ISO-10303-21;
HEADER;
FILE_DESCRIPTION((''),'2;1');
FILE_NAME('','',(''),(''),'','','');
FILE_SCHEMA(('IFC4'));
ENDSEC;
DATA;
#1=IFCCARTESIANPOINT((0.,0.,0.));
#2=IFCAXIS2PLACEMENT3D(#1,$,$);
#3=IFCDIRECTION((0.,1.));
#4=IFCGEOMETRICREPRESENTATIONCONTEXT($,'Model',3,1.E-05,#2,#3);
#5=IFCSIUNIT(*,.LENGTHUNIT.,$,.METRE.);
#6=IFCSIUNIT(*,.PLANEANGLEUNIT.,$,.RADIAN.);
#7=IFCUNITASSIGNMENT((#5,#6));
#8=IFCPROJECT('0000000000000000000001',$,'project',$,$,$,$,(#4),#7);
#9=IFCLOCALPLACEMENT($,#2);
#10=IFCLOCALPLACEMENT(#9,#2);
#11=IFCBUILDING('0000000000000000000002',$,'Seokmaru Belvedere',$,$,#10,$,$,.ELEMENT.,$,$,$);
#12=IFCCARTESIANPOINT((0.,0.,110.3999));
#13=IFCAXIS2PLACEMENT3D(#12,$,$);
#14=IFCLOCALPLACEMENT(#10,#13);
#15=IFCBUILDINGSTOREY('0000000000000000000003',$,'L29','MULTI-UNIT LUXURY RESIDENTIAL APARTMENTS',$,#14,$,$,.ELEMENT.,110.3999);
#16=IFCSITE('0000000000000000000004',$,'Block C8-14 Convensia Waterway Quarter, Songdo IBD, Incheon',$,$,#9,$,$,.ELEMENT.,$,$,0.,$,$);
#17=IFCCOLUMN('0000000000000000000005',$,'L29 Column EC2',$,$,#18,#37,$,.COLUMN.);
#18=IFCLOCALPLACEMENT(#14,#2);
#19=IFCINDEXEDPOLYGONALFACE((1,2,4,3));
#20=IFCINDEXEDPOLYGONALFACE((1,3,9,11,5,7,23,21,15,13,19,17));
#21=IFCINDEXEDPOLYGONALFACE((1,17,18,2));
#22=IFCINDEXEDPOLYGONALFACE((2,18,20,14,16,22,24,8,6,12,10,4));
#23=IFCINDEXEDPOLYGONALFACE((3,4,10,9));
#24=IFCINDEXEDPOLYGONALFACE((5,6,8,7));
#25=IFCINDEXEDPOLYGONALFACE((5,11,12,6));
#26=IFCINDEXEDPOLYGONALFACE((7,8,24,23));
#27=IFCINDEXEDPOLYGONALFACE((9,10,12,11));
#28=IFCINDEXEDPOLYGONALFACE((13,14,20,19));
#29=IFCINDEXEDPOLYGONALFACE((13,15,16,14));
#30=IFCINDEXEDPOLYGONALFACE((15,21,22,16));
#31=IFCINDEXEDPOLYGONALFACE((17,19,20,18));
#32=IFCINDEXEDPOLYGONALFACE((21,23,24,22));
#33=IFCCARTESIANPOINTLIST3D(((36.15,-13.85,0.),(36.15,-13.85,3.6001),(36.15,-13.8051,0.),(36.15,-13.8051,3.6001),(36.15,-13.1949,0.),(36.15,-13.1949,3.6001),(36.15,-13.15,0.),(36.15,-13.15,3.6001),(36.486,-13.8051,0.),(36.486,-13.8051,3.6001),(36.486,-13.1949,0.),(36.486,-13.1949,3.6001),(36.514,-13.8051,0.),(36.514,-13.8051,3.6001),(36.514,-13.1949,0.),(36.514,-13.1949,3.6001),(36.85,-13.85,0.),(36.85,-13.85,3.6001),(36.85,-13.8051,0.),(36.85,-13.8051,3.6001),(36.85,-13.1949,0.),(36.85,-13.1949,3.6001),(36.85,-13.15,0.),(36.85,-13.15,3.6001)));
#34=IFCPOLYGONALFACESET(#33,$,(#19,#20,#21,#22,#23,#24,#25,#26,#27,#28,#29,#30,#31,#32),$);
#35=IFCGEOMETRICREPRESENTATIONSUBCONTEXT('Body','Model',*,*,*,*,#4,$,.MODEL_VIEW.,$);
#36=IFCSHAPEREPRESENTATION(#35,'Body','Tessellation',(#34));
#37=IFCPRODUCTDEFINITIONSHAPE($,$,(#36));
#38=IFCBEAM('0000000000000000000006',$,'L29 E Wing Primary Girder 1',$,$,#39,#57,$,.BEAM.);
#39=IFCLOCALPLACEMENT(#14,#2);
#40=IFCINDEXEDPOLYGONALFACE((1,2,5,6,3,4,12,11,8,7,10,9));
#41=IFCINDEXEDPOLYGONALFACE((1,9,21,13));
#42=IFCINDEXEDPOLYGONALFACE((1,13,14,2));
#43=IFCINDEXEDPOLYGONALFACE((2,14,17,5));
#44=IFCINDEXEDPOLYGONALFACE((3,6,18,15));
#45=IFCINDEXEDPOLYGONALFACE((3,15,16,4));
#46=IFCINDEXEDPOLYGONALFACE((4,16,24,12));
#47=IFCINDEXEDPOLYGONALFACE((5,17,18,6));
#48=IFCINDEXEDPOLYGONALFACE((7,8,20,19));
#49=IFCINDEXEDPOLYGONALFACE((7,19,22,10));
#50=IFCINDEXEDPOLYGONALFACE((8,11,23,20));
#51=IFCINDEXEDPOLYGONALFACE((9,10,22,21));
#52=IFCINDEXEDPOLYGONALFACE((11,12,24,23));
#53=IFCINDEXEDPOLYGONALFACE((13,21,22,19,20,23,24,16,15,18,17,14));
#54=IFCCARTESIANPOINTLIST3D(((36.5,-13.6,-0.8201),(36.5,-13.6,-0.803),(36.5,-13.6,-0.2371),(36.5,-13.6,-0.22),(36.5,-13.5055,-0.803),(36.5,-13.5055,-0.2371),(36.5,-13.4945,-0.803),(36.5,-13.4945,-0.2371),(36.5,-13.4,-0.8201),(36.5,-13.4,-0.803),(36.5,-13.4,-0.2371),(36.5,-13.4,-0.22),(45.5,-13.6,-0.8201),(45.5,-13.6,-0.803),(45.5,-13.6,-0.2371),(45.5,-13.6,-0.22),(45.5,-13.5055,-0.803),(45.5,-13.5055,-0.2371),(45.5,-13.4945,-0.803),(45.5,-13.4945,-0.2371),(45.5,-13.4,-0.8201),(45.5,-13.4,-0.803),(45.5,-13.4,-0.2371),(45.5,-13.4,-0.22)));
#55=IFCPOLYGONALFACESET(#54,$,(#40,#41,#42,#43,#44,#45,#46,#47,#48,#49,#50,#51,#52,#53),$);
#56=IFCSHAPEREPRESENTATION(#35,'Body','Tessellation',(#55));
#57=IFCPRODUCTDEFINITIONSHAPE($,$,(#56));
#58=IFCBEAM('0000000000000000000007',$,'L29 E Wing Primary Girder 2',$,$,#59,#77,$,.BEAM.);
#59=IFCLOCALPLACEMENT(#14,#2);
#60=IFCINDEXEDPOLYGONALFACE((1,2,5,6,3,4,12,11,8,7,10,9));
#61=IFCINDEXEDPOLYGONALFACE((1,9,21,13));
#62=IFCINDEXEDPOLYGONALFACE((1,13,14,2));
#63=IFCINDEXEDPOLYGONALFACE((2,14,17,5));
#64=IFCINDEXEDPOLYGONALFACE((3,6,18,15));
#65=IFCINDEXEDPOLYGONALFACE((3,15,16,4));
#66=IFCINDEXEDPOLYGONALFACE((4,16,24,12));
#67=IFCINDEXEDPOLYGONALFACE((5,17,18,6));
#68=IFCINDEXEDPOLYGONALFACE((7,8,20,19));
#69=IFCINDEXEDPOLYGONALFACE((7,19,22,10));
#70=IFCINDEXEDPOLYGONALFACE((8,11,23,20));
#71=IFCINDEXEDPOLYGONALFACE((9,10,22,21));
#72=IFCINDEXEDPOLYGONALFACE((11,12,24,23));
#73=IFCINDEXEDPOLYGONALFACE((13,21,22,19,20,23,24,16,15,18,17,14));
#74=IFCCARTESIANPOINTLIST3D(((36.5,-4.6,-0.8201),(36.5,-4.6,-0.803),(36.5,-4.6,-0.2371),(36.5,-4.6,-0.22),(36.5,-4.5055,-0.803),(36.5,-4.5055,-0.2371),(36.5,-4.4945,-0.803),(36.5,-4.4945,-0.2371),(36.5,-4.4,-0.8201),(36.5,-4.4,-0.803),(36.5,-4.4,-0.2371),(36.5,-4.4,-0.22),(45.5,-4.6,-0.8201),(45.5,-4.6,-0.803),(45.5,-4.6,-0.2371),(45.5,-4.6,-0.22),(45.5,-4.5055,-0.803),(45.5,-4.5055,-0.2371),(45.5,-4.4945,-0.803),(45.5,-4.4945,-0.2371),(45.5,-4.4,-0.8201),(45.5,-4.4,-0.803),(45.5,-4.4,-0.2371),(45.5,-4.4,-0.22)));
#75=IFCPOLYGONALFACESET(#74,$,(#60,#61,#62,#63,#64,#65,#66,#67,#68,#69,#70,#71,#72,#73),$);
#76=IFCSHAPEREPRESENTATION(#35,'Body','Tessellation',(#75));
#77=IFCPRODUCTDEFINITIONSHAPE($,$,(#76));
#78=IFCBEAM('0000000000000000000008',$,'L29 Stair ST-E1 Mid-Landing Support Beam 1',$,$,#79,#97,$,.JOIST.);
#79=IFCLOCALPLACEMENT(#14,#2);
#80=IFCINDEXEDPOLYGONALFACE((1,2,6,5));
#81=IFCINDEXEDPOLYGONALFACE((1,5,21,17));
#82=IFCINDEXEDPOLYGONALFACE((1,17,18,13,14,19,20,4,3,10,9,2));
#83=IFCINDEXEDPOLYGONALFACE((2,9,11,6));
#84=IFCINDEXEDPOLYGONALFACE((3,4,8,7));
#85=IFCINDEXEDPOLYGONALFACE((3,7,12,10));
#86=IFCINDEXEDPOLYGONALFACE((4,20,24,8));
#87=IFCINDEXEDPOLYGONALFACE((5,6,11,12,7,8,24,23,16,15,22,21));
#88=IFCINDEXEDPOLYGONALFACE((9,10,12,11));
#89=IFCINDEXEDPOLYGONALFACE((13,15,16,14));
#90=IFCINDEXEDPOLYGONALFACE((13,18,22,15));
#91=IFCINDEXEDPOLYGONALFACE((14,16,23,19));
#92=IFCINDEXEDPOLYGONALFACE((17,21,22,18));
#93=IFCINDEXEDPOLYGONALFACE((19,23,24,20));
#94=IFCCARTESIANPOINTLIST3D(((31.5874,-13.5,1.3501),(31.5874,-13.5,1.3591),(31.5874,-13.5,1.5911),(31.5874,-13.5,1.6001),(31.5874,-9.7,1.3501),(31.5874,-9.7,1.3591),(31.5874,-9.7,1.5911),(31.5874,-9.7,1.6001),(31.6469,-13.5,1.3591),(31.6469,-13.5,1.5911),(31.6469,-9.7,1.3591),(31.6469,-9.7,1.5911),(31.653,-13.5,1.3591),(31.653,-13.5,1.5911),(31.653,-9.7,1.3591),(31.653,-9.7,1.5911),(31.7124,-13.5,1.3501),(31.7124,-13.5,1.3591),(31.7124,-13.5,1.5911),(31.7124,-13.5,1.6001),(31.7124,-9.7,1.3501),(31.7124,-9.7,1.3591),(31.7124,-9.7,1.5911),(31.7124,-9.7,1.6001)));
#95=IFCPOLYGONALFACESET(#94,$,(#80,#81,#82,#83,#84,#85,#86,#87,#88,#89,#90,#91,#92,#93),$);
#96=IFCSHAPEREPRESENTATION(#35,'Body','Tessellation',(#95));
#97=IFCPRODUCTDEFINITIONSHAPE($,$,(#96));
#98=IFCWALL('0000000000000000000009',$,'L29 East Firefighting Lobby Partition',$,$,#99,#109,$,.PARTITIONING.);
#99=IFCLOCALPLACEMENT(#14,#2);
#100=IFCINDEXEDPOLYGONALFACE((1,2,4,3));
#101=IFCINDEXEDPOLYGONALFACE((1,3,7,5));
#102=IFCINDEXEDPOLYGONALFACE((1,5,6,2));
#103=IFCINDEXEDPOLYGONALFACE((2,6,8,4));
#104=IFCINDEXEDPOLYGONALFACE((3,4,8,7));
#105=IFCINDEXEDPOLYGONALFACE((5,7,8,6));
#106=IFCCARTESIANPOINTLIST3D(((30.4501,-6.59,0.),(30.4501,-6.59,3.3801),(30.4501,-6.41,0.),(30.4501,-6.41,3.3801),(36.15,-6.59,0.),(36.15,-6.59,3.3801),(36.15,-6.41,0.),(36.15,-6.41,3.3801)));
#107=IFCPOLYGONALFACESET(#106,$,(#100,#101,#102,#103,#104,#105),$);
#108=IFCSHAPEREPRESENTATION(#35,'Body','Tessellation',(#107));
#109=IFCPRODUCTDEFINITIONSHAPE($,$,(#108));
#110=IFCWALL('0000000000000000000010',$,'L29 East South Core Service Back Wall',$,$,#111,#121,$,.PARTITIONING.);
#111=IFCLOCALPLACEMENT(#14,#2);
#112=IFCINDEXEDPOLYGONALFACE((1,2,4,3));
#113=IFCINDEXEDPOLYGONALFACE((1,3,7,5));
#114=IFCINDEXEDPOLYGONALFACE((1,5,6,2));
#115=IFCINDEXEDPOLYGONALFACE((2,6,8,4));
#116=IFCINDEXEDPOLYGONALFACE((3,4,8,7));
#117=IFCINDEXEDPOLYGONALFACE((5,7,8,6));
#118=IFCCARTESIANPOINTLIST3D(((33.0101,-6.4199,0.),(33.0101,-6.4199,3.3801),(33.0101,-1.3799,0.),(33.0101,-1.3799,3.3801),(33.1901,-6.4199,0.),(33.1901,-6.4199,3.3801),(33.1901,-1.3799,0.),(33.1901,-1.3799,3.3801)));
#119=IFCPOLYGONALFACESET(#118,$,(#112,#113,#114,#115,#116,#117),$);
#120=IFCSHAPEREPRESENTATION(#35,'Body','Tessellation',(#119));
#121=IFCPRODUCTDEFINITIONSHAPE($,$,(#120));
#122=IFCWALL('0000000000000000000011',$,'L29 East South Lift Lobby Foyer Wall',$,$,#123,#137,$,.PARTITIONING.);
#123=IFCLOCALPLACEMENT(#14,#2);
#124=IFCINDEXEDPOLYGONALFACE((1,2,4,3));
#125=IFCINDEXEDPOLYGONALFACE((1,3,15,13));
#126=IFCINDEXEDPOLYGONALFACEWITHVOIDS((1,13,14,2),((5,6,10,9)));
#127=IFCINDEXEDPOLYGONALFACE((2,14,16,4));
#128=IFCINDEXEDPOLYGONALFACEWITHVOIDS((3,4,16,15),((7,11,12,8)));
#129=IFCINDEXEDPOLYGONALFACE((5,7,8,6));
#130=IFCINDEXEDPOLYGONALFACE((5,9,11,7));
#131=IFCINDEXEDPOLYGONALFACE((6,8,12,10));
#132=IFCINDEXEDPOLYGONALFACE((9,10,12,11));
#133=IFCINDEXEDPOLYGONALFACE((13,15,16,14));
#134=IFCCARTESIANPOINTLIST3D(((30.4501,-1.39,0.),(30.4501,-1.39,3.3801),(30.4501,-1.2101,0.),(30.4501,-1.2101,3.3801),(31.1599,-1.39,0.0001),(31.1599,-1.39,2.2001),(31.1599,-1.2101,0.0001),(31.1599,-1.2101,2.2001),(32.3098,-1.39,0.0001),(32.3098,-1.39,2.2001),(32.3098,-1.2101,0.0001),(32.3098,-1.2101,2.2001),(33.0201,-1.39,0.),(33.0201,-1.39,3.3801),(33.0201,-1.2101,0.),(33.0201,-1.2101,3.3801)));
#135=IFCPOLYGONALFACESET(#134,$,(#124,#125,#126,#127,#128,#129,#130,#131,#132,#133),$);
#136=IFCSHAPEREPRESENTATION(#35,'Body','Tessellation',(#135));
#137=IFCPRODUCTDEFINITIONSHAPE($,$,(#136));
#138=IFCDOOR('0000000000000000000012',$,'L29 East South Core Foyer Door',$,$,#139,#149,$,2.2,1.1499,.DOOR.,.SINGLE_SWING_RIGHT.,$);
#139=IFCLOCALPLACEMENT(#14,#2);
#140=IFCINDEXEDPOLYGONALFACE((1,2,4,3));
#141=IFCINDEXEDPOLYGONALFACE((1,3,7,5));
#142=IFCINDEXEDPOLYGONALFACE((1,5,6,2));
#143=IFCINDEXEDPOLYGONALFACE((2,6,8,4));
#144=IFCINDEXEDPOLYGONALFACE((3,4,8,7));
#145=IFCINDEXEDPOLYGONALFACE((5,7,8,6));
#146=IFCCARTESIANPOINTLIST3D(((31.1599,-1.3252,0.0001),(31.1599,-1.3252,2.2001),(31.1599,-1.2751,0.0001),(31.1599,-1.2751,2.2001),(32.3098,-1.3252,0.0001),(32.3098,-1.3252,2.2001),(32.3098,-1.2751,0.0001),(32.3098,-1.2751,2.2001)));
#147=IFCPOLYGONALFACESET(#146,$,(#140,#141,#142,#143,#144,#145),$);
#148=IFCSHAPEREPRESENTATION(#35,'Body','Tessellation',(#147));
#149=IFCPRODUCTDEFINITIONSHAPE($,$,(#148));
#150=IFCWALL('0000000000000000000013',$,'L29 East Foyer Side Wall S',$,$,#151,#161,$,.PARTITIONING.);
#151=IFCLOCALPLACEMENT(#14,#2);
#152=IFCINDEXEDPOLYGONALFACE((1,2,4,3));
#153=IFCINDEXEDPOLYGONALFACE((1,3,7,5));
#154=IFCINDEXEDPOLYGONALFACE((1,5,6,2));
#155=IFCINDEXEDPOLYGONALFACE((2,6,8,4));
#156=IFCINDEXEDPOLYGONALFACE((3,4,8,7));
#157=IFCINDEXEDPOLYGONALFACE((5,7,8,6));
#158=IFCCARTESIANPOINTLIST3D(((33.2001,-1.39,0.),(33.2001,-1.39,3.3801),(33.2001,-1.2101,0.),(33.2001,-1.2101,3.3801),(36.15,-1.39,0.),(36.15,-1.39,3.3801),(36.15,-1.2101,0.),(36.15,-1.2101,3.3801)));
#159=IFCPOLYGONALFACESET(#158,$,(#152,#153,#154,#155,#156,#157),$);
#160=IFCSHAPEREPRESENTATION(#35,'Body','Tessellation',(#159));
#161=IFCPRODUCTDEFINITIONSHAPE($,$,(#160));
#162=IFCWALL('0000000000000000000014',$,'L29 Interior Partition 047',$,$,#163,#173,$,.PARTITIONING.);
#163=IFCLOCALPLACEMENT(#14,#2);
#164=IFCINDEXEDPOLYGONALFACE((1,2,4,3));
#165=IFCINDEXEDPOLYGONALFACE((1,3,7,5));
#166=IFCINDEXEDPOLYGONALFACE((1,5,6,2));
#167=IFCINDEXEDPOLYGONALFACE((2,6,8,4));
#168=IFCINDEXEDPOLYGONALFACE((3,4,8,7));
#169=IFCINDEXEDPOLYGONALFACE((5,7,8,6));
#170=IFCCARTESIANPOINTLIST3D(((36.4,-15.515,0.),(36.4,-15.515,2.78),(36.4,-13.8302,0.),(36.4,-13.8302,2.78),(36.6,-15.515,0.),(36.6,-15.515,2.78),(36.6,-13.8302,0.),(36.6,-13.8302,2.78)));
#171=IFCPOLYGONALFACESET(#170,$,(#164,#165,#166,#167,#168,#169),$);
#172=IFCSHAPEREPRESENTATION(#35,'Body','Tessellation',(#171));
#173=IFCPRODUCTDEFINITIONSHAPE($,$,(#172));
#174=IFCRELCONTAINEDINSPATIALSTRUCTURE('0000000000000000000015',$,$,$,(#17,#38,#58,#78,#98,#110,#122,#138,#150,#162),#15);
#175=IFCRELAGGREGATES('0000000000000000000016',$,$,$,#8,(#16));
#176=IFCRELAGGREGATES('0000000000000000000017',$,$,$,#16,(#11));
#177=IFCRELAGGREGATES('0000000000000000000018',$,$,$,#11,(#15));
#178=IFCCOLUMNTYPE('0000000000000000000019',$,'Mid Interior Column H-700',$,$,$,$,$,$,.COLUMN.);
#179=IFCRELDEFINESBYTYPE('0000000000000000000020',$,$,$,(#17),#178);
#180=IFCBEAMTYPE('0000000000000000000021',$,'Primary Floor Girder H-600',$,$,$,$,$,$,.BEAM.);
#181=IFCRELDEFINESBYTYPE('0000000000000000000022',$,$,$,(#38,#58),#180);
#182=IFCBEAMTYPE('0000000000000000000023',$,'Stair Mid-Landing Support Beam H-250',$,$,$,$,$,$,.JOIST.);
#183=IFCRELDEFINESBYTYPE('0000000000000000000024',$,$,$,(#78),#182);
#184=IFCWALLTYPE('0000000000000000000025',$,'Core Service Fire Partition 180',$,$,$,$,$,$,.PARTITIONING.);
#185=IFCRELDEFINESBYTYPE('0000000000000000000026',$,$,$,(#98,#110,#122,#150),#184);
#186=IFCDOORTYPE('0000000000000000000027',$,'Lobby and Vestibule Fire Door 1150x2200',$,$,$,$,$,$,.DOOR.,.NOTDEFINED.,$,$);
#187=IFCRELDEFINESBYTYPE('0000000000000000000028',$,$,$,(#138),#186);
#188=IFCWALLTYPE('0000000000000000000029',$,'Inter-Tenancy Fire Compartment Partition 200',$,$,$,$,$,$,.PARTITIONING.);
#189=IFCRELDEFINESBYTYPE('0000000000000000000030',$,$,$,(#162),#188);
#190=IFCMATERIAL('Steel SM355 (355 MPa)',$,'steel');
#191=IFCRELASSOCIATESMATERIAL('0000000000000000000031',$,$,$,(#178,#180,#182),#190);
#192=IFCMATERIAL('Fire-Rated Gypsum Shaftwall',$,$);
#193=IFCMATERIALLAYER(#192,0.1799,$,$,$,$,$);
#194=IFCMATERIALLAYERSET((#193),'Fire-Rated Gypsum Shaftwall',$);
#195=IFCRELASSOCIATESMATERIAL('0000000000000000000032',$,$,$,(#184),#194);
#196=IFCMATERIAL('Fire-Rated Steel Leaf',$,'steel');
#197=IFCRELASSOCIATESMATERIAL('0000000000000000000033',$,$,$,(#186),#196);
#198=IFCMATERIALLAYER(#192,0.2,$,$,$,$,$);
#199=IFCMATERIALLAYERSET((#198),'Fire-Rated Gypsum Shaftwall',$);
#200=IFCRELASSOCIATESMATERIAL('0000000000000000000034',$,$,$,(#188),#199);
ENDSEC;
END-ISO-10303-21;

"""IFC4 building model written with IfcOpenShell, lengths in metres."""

from ifc_helpers import new_model, si_unit, direction, frame, frame_2d, origin, origin_2d, place, context, subcontext, project, spatial, rectangle, i_section, extrude, source, transform, mapped, material, layer, layer_set, material_profile, profile_set, type_object, type_shapes, element, fill, save


model = new_model("IFC4")

# Units and contexts
model_context = context("Model", 3, precision=1e-05, world=origin(), true_north=direction((0.0, 1.0)))
body_context = subcontext(model_context, "Body", "Model", "MODEL_VIEW")
ifc_project = project(units=[si_unit("LENGTHUNIT", "METRE"), si_unit("PLANEANGLEUNIT", "RADIAN")], contexts=[model_context])

# Site, building, storey
site_placement = place(None, origin())
site = spatial("IfcSite", under=ifc_project, at=site_placement, Name="Block C8-14 Convensia Waterway Quarter, Songdo IBD, Incheon", CompositionType="ELEMENT", RefElevation=0.0)
building_placement = place(site_placement, origin())
building = spatial("IfcBuilding", under=site, at=building_placement, Name="Seokmaru Belvedere", CompositionType="ELEMENT")
storey_placement = place(building_placement, frame((0.0, 0.0, 110.3999)))
storey = spatial("IfcBuildingStorey", under=building, at=storey_placement, Name="L29", Description="MULTI-UNIT LUXURY RESIDENTIAL APARTMENTS", CompositionType="ELEMENT", Elevation=110.3999)

# Column
ifc_material_1 = material(Name="Steel SM355 (355 MPa)", Category="steel")
ifc_material_profile_1 = material_profile(ifc_material_1, i_section(OverallWidth=0.7, OverallDepth=0.7, WebThickness=0.0281, FlangeThickness=0.0449, at=origin_2d()), Name="H-700x700x28x45")
ifc_profile_set_1 = profile_set([ifc_material_profile_1], Name="Steel SM355 (355 MPa)")
column_type = type_object("IfcColumnType", Name="Mid Interior Column H-700", PredefinedType="COLUMN", material=ifc_profile_set_1)
shared_shape_1 = source(origin(), body_context, "Body", "SweptSolid", [
    extrude(i_section(OverallWidth=0.7, OverallDepth=0.7, WebThickness=0.0281, FlangeThickness=0.0449, at=origin_2d()), origin(), (0.0, 0.0, 1.0), 3.6001),
])
type_shapes(column_type, [shared_shape_1])
column_placement = place(storey_placement, frame((36.5, -13.5, 0.0), z_axis=(0.0, 0.0, 1.0), x_axis=(1.0, 0.0, 0.0)))
element("IfcColumn", 1, at=column_placement, inside=storey, type_object=column_type, Name="L29 Column EC2", PredefinedType="COLUMN", context=body_context, shape_type="MappedRepresentation", body=[
    mapped(shared_shape_1, transform((0.0, 0.0, 0.0), scale=1.0)),
])

# Beams
ifc_material_profile_2 = material_profile(ifc_material_1, i_section(OverallWidth=0.2, OverallDepth=0.6001, WebThickness=0.011, FlangeThickness=0.0171, at=origin_2d()), Name="H-600x200x11x17")
ifc_profile_set_2 = profile_set([ifc_material_profile_2], Name="Steel SM355 (355 MPa)")
beam_type_1 = type_object("IfcBeamType", Name="Primary Floor Girder H-600", PredefinedType="BEAM", material=ifc_profile_set_2)
shared_shape_2 = source(origin(), body_context, "Body", "SweptSolid", [
    extrude(i_section(OverallWidth=0.2, OverallDepth=0.6001, WebThickness=0.011, FlangeThickness=0.0171, at=origin_2d()), origin(), (0.0, 0.0, 1.0), 9.0),
])
type_shapes(beam_type_1, [shared_shape_2])
for number, where, z_axis, x_axis, name in (
    (2, (36.5, -13.5, -0.52), (1.0, 0.0, 0.0), (0.0, 1.0, 0.0), "L29 E Wing Primary Girder 1"),
    (3, (36.5, -4.5, -0.52), (1.0, 0.0, 0.0), (0.0, 1.0, 0.0), "L29 E Wing Primary Girder 2"),
):
    element("IfcBeam", number, at=place(storey_placement, frame(where, z_axis=z_axis, x_axis=x_axis)), inside=storey, type_object=beam_type_1, Name=name, PredefinedType="BEAM", context=body_context, shape_type="MappedRepresentation", body=[
        mapped(shared_shape_2, transform((0.0, 0.0, 0.0), scale=1.0)),
    ])
ifc_material_profile_3 = material_profile(ifc_material_1, i_section(OverallWidth=0.125, OverallDepth=0.25, WebThickness=0.0061, FlangeThickness=0.009, at=origin_2d()), Name="H-250x125x6x9")
ifc_profile_set_3 = profile_set([ifc_material_profile_3], Name="Steel SM355 (355 MPa)")
beam_type_2 = type_object("IfcBeamType", Name="Stair Mid-Landing Support Beam H-250", PredefinedType="JOIST", material=ifc_profile_set_3)
shared_shape_3 = source(origin(), body_context, "Body", "SweptSolid", [
    extrude(i_section(OverallWidth=0.125, OverallDepth=0.25, WebThickness=0.0061, FlangeThickness=0.009, at=origin_2d()), origin(), (0.0, 0.0, 1.0), 3.8),
])
type_shapes(beam_type_2, [shared_shape_3])
beam_placement = place(storey_placement, frame((31.6499, -13.5, 1.4751), z_axis=(0.0, 1.0, 0.0), x_axis=(-1.0, 0.0, 0.0)))
element("IfcBeam", 4, at=beam_placement, inside=storey, type_object=beam_type_2, Name="L29 Stair ST-E1 Mid-Landing Support Beam 1", PredefinedType="JOIST", context=body_context, shape_type="MappedRepresentation", body=[
    mapped(shared_shape_3, transform((0.0, 0.0, 0.0), scale=1.0)),
])

# Walls
ifc_material_2 = material(Name="Fire-Rated Gypsum Shaftwall")
ifc_layer_1 = layer(ifc_material_2, 0.1799)
ifc_layer_set_1 = layer_set([ifc_layer_1], Name="Fire-Rated Gypsum Shaftwall")
wall_type_1 = type_object("IfcWallType", Name="Core Service Fire Partition 180", PredefinedType="PARTITIONING", material=ifc_layer_set_1)
wall_1_placement = place(storey_placement, frame((30.45, -6.5, 0.0), z_axis=(0.0, 0.0, 1.0), x_axis=(1.0, 0.0, 0.0)))
element("IfcWall", 5, at=wall_1_placement, inside=storey, type_object=wall_type_1, Name="L29 East Firefighting Lobby Partition", PredefinedType="PARTITIONING", context=body_context, shape_type="SweptSolid", body=[
    extrude(rectangle(XDim=5.7, YDim=0.1799, at=frame_2d((2.8501, 0.0))), origin(), (0.0, 0.0, 1.0), 3.3801),
])
wall_2_placement = place(storey_placement, frame((33.1001, -6.4199, 0.0), z_axis=(0.0, 0.0, 1.0), x_axis=(0.0, 1.0, 0.0)))
element("IfcWall", 6, at=wall_2_placement, inside=storey, type_object=wall_type_1, Name="L29 East South Core Service Back Wall", PredefinedType="PARTITIONING", context=body_context, shape_type="SweptSolid", body=[
    extrude(rectangle(XDim=5.04, YDim=0.1799, at=frame_2d((2.52, 0.0))), origin(), (0.0, 0.0, 1.0), 3.3801),
])

# Wall, opening, door
wall_3_placement = place(storey_placement, frame((30.45, -1.3, 0.0), z_axis=(0.0, 0.0, 1.0), x_axis=(1.0, 0.0, 0.0)))
wall_3 = element("IfcWall", 7, at=wall_3_placement, inside=storey, type_object=wall_type_1, Name="L29 East South Lift Lobby Foyer Wall", PredefinedType="PARTITIONING", context=body_context, shape_type="SweptSolid", body=[
    extrude(rectangle(XDim=2.5701, YDim=0.1799, at=frame_2d((1.2852, 0.0))), origin(), (0.0, 0.0, 1.0), 3.3801),
])
opening_1_placement = place(wall_3_placement, frame((0.71, 0.0, 0.0)))
opening_1 = element("IfcOpeningElement", 8, at=opening_1_placement, cuts=wall_3, PredefinedType="OPENING", context=body_context, shape_type="SweptSolid", body=[
    extrude(rectangle(XDim=1.1499, YDim=2.2, at=frame_2d((0.575, 1.1001))), frame((0.0, 0.1001, 0.0), z_axis=(0.0, -1.0, 0.0), x_axis=(1.0, 0.0, 0.0)), (0.0, 0.0, 1.0), 0.2),
])
ifc_material_3 = material(Name="Fire-Rated Steel Leaf", Category="steel")
door_type_1 = type_object("IfcDoorType", Name="Lobby and Vestibule Fire Door 1150x2200", OperationType="NOTDEFINED", PredefinedType="DOOR", material=ifc_material_3)
shared_shape_4 = source(origin(), body_context, "Body", "SweptSolid", [
    extrude(rectangle(XDim=1.1499, YDim=2.2, at=frame_2d((0.575, 1.1001))), frame((0.0, 0.0249, 0.0), z_axis=(0.0, -1.0, 0.0), x_axis=(1.0, 0.0, 0.0)), (0.0, 0.0, 1.0), 0.05),
])
type_shapes(door_type_1, [shared_shape_4])
door_1_placement = place(opening_1_placement, origin())
door_1 = element("IfcDoor", 9, at=door_1_placement, inside=storey, type_object=door_type_1, Name="L29 East South Core Foyer Door", OperationType="SINGLE_SWING_RIGHT", OverallHeight=2.2, OverallWidth=1.1499, PredefinedType="DOOR", context=body_context, shape_type="MappedRepresentation", body=[
    mapped(shared_shape_4, transform((0.0, 0.0, 0.0), scale=1.0)),
])
fill(opening_1, door_1)

# Walls
wall_4_placement = place(storey_placement, frame((33.2, -1.3, 0.0), z_axis=(0.0, 0.0, 1.0), x_axis=(1.0, 0.0, 0.0)))
element("IfcWall", 10, at=wall_4_placement, inside=storey, type_object=wall_type_1, Name="L29 East Foyer Side Wall S", PredefinedType="PARTITIONING", context=body_context, shape_type="SweptSolid", body=[
    extrude(rectangle(XDim=2.95, YDim=0.1799, at=frame_2d((1.4751, 0.0))), origin(), (0.0, 0.0, 1.0), 3.3801),
])
ifc_layer_2 = layer(ifc_material_2, 0.2)
ifc_layer_set_2 = layer_set([ifc_layer_2], Name="Fire-Rated Gypsum Shaftwall")
wall_type_2 = type_object("IfcWallType", Name="Inter-Tenancy Fire Compartment Partition 200", PredefinedType="PARTITIONING", material=ifc_layer_set_2)
wall_5_placement = place(storey_placement, frame((36.5, -15.5149, 0.0), z_axis=(0.0, 0.0, 1.0), x_axis=(0.0, 1.0, 0.0)))
element("IfcWall", 11, at=wall_5_placement, inside=storey, type_object=wall_type_2, Name="L29 Interior Partition 047", PredefinedType="PARTITIONING", context=body_context, shape_type="SweptSolid", body=[
    extrude(rectangle(XDim=1.6848, YDim=0.2, at=frame_2d((0.8423, 0.0))), origin(), (0.0, 0.0, 1.0), 2.78),
])

save(model, "model.ifc")
